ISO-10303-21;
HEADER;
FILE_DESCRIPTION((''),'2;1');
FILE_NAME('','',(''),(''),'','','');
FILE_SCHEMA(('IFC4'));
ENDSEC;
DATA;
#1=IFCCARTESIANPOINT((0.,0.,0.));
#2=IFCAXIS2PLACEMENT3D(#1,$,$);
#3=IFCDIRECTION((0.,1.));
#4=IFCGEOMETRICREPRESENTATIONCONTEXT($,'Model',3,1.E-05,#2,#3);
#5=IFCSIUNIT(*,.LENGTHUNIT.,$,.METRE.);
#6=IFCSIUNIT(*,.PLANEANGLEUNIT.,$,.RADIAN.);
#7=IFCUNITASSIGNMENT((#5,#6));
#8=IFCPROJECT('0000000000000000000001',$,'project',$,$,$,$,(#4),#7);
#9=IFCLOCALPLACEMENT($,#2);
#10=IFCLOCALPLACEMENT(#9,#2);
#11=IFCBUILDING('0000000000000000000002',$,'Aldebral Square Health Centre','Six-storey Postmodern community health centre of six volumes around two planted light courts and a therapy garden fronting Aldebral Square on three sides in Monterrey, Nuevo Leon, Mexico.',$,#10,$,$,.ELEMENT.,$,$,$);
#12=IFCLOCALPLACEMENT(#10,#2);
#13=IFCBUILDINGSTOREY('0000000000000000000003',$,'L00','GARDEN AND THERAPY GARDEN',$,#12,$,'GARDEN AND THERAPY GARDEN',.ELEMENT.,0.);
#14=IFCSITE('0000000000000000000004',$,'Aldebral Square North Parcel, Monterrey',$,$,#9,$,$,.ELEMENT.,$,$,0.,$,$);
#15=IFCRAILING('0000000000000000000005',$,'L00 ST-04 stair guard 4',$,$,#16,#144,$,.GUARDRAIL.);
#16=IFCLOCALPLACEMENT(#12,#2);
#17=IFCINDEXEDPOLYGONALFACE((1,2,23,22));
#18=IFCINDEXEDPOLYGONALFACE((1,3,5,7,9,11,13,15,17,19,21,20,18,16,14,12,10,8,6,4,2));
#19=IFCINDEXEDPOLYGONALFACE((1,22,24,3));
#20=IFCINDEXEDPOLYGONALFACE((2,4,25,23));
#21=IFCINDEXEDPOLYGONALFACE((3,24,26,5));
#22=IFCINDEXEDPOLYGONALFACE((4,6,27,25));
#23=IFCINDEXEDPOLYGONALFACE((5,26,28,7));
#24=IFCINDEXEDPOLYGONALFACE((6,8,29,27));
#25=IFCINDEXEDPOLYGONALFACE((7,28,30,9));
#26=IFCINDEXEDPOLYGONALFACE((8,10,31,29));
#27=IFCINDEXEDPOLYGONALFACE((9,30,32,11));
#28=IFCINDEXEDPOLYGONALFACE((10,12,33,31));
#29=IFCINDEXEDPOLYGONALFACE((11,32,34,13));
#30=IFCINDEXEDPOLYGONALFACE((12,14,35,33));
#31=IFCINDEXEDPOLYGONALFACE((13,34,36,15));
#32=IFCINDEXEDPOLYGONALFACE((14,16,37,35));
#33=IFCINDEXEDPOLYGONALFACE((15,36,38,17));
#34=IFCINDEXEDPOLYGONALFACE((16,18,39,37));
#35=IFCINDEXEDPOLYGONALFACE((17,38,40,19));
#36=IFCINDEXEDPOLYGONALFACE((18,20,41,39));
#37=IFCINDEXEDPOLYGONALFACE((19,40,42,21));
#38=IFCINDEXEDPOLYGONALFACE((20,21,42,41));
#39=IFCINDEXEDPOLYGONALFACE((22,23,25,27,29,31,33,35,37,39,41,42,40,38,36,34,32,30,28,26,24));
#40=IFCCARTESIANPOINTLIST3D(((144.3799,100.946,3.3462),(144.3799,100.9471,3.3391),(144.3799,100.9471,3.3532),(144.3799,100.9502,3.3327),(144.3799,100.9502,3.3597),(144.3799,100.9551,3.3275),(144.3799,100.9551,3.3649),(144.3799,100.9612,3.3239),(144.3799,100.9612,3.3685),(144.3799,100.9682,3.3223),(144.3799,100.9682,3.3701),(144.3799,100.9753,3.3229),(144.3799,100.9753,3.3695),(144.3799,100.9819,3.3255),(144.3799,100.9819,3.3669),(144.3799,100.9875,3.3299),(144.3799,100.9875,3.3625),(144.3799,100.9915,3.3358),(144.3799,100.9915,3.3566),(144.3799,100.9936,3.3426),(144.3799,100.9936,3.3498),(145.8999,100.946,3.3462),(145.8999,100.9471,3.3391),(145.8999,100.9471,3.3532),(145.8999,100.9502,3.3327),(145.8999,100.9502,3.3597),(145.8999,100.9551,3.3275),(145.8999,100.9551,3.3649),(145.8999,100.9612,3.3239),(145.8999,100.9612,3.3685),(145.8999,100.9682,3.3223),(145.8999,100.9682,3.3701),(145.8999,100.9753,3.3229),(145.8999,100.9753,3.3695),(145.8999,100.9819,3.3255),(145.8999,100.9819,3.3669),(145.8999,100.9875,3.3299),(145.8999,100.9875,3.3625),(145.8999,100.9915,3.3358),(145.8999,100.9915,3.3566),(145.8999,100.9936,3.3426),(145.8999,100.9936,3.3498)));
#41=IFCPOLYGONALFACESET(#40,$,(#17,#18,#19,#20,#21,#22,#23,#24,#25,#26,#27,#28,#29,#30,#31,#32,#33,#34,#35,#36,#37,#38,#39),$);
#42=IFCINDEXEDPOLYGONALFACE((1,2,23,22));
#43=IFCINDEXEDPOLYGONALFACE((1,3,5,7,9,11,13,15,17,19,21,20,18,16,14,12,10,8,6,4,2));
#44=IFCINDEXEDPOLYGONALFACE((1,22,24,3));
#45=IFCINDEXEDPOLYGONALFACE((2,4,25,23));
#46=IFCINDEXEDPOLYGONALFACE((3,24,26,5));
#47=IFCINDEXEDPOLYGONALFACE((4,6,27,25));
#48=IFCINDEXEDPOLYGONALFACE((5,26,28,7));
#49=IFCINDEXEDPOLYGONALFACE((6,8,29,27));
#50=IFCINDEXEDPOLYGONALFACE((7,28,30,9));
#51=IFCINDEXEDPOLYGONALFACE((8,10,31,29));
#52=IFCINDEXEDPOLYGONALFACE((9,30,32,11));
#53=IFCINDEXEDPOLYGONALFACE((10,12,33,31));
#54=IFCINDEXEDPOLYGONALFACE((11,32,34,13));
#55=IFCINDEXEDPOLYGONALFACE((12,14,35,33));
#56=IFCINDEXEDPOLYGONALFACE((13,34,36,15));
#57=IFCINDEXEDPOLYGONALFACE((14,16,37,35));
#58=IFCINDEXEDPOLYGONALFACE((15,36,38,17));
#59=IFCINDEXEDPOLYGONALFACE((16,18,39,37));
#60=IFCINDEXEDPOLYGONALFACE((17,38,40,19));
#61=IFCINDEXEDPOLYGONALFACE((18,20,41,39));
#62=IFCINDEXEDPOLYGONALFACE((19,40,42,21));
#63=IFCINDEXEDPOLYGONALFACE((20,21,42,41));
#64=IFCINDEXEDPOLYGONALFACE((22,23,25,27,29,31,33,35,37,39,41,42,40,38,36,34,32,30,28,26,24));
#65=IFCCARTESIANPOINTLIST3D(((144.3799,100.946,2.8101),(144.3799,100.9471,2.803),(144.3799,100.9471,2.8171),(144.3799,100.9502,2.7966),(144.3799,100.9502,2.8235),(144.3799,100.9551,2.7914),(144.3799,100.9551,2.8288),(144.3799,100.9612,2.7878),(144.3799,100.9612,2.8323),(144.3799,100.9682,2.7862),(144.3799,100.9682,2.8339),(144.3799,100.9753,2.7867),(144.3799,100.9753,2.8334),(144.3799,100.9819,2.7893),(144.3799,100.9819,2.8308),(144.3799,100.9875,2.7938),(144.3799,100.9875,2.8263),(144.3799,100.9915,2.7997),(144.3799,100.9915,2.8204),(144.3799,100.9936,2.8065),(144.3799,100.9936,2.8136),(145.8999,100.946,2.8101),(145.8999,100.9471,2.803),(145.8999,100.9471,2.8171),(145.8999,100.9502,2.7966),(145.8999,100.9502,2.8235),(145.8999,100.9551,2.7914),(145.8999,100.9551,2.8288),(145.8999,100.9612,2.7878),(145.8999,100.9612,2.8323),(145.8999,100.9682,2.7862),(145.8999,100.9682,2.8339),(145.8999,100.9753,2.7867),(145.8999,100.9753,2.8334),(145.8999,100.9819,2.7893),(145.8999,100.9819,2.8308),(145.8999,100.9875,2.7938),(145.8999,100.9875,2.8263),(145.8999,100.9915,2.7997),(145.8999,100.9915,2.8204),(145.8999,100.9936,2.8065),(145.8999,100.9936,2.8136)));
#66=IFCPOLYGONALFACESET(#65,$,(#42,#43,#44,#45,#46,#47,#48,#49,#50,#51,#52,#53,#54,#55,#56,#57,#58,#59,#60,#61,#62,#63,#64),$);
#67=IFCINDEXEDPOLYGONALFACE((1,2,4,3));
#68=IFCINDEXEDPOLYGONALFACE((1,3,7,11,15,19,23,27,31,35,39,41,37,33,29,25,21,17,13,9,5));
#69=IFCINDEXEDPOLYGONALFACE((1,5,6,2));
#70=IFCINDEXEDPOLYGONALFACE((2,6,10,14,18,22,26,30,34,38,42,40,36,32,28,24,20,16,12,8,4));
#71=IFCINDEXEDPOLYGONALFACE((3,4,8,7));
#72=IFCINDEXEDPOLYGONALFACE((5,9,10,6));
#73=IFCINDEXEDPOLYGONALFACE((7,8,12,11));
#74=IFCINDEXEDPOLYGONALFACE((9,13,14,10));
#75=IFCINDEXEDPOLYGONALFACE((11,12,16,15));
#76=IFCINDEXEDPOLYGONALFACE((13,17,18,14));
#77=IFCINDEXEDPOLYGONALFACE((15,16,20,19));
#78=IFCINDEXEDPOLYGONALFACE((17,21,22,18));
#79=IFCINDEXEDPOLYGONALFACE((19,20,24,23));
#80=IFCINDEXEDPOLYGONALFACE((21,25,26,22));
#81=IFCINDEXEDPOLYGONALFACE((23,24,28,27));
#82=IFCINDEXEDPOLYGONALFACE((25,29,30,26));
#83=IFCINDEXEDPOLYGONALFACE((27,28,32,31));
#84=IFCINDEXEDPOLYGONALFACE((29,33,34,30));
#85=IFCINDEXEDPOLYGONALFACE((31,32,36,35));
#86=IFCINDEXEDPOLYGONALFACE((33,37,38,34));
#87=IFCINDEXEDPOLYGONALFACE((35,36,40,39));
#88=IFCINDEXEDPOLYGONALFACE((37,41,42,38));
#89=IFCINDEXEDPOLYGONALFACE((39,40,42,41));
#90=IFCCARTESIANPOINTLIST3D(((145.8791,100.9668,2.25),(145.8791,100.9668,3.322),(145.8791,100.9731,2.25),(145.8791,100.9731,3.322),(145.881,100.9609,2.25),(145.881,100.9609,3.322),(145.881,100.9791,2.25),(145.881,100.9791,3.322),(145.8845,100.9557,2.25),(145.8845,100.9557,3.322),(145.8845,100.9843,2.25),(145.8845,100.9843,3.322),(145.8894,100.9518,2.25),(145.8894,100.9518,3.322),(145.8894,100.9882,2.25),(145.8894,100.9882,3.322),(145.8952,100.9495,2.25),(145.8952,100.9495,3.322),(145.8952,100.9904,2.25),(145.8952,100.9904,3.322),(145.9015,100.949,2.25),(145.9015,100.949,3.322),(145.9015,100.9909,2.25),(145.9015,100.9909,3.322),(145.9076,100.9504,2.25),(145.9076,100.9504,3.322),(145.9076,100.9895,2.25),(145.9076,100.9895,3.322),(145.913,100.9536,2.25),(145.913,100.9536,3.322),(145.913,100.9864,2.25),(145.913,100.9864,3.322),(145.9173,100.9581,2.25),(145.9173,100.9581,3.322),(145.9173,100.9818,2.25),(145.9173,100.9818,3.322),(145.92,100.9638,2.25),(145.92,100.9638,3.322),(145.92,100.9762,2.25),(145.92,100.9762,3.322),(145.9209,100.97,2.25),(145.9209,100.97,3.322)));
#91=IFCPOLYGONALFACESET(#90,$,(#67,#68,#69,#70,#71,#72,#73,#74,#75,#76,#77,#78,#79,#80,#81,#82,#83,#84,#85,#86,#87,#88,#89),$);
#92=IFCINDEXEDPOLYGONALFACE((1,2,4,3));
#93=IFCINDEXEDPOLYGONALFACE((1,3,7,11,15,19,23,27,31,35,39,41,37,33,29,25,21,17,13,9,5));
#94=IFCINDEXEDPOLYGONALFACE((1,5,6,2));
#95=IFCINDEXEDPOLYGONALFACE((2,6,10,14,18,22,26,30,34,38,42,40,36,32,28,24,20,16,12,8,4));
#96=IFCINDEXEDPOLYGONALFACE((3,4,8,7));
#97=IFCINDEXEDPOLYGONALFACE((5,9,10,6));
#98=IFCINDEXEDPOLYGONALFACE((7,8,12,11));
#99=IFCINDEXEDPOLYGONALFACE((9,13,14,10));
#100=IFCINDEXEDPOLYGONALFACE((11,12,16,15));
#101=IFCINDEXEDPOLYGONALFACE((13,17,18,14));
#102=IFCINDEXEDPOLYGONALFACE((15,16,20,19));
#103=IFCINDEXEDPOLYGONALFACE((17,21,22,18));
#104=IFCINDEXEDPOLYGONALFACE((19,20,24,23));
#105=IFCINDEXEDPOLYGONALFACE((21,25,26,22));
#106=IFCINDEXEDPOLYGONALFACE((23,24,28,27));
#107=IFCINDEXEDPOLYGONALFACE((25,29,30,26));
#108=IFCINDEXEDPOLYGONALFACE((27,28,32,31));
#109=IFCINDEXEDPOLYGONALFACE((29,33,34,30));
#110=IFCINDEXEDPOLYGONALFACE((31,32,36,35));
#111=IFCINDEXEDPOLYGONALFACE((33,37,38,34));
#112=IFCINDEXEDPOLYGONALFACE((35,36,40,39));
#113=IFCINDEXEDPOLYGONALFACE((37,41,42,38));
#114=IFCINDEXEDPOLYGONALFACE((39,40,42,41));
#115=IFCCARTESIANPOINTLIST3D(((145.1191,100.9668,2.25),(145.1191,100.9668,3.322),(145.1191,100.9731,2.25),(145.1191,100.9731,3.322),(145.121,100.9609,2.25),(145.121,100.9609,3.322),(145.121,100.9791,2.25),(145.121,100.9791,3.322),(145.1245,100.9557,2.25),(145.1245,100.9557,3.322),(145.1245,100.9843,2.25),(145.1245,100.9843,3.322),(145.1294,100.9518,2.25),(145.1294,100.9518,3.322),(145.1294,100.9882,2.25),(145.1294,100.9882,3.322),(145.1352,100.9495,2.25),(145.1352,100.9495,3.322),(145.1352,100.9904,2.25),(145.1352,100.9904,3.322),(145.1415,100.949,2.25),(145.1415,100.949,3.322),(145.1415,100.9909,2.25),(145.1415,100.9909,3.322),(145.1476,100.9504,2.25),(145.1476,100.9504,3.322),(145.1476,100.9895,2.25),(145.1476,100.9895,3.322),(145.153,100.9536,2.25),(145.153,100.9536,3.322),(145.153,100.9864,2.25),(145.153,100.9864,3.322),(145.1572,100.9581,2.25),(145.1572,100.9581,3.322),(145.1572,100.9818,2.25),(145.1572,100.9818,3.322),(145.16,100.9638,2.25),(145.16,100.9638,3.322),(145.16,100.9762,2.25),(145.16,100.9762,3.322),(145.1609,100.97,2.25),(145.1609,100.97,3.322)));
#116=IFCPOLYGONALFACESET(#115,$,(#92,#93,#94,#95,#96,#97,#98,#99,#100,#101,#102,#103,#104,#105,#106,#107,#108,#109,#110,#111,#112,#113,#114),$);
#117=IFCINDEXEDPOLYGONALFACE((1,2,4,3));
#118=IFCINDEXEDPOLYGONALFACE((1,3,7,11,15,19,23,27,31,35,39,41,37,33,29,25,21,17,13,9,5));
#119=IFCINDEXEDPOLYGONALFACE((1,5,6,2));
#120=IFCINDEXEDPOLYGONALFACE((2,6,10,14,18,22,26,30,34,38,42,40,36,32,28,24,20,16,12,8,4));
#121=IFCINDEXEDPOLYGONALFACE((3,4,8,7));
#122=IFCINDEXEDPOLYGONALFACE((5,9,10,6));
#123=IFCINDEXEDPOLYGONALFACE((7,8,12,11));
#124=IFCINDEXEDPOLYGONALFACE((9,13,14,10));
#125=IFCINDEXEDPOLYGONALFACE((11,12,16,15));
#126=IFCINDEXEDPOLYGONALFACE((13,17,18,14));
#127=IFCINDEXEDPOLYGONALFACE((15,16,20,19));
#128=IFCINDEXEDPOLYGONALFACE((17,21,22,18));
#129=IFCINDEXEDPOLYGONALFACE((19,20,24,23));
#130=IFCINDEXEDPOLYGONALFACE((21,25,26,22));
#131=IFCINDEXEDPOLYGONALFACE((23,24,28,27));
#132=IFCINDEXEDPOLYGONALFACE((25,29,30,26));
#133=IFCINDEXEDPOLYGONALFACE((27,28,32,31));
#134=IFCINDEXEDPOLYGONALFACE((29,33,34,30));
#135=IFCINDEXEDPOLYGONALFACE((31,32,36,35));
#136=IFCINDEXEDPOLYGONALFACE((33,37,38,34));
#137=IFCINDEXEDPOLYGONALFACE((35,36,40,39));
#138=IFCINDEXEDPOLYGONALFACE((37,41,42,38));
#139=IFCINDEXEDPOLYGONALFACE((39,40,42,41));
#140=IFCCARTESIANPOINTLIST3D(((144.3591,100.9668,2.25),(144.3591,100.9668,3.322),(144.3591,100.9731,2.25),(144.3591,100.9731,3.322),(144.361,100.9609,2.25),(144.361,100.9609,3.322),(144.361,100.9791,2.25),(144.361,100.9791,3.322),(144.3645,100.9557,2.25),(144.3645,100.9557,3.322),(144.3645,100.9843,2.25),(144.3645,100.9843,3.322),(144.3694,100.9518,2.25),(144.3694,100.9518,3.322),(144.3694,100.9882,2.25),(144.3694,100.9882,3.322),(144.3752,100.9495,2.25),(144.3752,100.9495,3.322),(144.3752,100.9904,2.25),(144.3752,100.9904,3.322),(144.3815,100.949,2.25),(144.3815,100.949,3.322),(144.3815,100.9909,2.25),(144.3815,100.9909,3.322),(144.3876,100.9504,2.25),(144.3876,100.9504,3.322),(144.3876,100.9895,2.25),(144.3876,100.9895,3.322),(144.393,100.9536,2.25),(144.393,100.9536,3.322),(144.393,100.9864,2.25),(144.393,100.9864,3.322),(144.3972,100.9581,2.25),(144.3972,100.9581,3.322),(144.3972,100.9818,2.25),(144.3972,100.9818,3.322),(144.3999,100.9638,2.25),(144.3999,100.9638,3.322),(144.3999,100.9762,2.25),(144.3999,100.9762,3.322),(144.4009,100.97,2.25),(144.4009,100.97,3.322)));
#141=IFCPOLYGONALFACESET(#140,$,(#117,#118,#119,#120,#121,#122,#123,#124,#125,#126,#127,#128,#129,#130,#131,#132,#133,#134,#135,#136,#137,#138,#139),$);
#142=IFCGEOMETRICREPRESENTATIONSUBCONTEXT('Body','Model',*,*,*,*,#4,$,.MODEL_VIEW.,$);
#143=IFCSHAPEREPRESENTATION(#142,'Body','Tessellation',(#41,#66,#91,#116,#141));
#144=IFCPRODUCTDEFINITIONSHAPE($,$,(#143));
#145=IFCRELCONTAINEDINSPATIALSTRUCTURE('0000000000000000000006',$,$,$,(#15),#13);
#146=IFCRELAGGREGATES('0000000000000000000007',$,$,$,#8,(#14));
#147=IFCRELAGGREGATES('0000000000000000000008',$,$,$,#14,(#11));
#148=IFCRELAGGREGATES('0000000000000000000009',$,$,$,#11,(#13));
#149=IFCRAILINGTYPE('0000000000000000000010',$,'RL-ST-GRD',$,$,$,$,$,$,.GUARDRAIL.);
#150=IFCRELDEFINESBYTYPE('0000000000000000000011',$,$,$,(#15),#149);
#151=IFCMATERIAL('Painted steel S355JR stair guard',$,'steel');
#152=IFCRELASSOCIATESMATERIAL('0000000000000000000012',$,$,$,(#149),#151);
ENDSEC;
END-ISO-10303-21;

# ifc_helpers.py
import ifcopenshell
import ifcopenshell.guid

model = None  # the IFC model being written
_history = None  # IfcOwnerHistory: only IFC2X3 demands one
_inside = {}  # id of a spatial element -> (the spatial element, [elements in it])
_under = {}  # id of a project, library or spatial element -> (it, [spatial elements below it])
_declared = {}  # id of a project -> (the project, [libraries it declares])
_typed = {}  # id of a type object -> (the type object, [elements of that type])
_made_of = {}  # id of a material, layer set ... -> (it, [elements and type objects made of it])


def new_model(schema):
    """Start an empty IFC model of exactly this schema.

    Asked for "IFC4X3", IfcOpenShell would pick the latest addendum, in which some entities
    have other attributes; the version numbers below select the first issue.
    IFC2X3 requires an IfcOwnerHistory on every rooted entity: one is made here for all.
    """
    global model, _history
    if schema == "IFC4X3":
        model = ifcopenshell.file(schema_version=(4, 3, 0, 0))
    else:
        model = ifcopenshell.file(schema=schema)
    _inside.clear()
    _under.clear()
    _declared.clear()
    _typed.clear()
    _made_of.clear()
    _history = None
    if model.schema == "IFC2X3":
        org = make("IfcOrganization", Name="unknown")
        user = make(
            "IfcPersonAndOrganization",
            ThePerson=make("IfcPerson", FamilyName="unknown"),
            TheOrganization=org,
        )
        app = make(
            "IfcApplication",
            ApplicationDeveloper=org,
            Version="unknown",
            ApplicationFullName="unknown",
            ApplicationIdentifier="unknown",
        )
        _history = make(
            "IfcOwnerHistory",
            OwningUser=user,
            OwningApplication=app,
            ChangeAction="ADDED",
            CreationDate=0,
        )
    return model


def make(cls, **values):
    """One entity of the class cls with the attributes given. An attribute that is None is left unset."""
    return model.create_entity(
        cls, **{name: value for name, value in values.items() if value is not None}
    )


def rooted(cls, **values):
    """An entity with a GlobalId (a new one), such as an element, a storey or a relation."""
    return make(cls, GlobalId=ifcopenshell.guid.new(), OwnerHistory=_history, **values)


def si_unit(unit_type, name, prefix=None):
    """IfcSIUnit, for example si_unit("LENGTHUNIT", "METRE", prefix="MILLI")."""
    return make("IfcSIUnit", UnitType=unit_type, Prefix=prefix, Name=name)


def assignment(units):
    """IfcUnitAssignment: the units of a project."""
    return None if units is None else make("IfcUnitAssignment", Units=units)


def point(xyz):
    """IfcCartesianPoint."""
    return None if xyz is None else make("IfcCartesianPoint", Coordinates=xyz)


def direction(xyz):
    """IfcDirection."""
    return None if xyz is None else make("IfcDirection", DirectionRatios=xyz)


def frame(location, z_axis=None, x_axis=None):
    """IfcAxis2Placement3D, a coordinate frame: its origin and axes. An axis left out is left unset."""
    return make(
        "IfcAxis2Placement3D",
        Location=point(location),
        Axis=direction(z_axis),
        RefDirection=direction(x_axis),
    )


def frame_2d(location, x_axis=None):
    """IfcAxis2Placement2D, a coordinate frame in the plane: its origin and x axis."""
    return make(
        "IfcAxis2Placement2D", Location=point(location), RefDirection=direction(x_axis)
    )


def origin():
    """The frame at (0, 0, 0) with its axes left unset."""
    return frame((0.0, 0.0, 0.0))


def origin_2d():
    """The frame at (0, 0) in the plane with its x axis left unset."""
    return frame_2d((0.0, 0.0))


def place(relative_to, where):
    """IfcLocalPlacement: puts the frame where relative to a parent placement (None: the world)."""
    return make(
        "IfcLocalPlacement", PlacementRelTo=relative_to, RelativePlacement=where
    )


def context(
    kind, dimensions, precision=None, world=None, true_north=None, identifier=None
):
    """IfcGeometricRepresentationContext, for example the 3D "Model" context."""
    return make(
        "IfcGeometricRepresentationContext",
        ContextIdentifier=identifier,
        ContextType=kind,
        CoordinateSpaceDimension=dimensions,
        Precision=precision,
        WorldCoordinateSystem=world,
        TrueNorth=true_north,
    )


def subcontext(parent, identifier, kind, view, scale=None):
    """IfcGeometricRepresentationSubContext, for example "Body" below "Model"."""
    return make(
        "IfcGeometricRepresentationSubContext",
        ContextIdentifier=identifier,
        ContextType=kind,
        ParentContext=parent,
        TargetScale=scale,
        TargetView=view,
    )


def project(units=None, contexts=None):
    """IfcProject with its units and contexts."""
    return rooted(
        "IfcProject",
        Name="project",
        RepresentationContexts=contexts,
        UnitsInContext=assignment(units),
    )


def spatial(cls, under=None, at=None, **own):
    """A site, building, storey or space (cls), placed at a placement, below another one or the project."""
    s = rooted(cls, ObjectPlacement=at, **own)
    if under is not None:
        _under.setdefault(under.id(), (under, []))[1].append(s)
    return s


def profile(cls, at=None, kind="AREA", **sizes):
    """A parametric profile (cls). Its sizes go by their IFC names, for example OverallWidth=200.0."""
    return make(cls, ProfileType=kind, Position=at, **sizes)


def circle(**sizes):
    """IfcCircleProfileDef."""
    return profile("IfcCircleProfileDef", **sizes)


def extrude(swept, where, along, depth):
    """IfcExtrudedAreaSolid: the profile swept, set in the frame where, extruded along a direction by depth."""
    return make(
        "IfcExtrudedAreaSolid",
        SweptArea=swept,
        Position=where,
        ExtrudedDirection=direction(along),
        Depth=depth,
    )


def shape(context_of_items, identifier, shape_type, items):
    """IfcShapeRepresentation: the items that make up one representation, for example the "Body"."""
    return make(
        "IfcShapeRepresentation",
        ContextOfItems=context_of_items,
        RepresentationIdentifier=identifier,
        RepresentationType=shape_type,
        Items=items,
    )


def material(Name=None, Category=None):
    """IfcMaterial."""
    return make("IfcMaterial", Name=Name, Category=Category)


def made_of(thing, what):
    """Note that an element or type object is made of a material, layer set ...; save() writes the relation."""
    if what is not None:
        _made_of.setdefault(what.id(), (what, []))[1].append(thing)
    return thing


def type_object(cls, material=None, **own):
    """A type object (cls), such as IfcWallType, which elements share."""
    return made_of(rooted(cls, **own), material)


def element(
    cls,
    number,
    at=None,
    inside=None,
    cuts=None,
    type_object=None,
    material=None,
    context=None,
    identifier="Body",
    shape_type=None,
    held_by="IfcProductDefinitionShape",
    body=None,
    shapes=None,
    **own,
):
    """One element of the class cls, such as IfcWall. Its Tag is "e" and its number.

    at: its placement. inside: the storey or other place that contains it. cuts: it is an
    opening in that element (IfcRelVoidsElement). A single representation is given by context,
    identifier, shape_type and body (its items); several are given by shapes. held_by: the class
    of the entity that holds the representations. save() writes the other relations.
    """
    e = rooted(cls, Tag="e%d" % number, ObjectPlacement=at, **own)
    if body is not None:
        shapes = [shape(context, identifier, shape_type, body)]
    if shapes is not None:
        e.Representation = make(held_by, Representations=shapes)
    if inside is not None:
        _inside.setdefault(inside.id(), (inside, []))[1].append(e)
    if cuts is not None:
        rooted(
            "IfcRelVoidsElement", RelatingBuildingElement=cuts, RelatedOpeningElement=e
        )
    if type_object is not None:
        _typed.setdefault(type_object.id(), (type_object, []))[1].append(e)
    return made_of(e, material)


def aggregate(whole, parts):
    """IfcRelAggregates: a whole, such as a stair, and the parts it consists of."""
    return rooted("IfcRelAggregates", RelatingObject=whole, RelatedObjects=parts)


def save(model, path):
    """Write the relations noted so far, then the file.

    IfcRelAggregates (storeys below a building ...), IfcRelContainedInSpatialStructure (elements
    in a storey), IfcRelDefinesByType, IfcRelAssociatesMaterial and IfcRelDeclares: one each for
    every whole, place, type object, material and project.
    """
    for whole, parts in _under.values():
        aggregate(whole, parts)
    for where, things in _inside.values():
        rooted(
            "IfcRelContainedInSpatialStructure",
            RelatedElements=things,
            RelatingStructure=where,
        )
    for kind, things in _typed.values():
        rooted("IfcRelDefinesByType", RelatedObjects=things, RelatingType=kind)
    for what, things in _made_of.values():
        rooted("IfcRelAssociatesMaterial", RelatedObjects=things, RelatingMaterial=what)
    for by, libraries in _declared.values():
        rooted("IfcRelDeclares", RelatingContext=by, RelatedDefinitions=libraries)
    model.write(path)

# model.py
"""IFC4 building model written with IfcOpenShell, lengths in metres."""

from ifc_helpers import new_model, si_unit, direction, frame, origin, origin_2d, place, context, subcontext, project, spatial, circle, extrude, material, type_object, element, save


model = new_model("IFC4")

# Units and contexts
model_context = context("Model", 3, precision=1e-05, world=origin(), true_north=direction((0.0, 1.0)))
body_context = subcontext(model_context, "Body", "Model", "MODEL_VIEW")
ifc_project = project(units=[si_unit("LENGTHUNIT", "METRE"), si_unit("PLANEANGLEUNIT", "RADIAN")], contexts=[model_context])

# Site, building, storey
site_placement = place(None, origin())
site = spatial("IfcSite", under=ifc_project, at=site_placement, Name="Aldebral Square North Parcel, Monterrey", CompositionType="ELEMENT", RefElevation=0.0)
building_placement = place(site_placement, origin())
building = spatial("IfcBuilding", under=site, at=building_placement, Name="Aldebral Square Health Centre", Description="Six-storey Postmodern community health centre of six volumes around two planted light courts and a therapy garden fronting Aldebral Square on three sides in Monterrey, Nuevo Leon, Mexico.", CompositionType="ELEMENT")
storey_placement = place(building_placement, origin())
storey = spatial("IfcBuildingStorey", under=building, at=storey_placement, Name="L00", Description="GARDEN AND THERAPY GARDEN", LongName="GARDEN AND THERAPY GARDEN", CompositionType="ELEMENT", Elevation=0.0)

# Railing
ifc_material_1 = material(Name="Painted steel S355JR stair guard", Category="steel")
railing_type_1 = type_object("IfcRailingType", Name="RL-ST-GRD", PredefinedType="GUARDRAIL", material=ifc_material_1)
for number, where, name in (
    (1, (145.8999, 100.97, 2.25), "L00 ST-04 stair guard 4"),
):
    element("IfcRailing", number, at=place(storey_placement, frame(where)), inside=storey, type_object=railing_type_1, Name=name, PredefinedType="GUARDRAIL", context=body_context, shape_type="SweptSolid", body=[
        extrude(circle(Radius=0.0239, at=origin_2d()), frame((0.0, 0.0, 1.0962), z_axis=(-1.0, 0.0, 0.0), x_axis=(0.0, -1.0, 0.0)), (0.0, 0.0, 1.0), 1.52),
        extrude(circle(Radius=0.0239, at=origin_2d()), frame((0.0, 0.0, 0.5601), z_axis=(-1.0, 0.0, 0.0), x_axis=(0.0, -1.0, 0.0)), (0.0, 0.0, 1.0), 1.52),
        extrude(circle(Radius=0.021, at=origin_2d()), origin(), (0.0, 0.0, 1.0), 1.072),
        extrude(circle(Radius=0.021, at=origin_2d()), frame((-0.76, 0.0, 0.0)), (0.0, 0.0, 1.0), 1.072),
        extrude(circle(Radius=0.021, at=origin_2d()), frame((-1.52, 0.0, 0.0)), (0.0, 0.0, 1.0), 1.072),
    ])

save(model, "model.ifc")
